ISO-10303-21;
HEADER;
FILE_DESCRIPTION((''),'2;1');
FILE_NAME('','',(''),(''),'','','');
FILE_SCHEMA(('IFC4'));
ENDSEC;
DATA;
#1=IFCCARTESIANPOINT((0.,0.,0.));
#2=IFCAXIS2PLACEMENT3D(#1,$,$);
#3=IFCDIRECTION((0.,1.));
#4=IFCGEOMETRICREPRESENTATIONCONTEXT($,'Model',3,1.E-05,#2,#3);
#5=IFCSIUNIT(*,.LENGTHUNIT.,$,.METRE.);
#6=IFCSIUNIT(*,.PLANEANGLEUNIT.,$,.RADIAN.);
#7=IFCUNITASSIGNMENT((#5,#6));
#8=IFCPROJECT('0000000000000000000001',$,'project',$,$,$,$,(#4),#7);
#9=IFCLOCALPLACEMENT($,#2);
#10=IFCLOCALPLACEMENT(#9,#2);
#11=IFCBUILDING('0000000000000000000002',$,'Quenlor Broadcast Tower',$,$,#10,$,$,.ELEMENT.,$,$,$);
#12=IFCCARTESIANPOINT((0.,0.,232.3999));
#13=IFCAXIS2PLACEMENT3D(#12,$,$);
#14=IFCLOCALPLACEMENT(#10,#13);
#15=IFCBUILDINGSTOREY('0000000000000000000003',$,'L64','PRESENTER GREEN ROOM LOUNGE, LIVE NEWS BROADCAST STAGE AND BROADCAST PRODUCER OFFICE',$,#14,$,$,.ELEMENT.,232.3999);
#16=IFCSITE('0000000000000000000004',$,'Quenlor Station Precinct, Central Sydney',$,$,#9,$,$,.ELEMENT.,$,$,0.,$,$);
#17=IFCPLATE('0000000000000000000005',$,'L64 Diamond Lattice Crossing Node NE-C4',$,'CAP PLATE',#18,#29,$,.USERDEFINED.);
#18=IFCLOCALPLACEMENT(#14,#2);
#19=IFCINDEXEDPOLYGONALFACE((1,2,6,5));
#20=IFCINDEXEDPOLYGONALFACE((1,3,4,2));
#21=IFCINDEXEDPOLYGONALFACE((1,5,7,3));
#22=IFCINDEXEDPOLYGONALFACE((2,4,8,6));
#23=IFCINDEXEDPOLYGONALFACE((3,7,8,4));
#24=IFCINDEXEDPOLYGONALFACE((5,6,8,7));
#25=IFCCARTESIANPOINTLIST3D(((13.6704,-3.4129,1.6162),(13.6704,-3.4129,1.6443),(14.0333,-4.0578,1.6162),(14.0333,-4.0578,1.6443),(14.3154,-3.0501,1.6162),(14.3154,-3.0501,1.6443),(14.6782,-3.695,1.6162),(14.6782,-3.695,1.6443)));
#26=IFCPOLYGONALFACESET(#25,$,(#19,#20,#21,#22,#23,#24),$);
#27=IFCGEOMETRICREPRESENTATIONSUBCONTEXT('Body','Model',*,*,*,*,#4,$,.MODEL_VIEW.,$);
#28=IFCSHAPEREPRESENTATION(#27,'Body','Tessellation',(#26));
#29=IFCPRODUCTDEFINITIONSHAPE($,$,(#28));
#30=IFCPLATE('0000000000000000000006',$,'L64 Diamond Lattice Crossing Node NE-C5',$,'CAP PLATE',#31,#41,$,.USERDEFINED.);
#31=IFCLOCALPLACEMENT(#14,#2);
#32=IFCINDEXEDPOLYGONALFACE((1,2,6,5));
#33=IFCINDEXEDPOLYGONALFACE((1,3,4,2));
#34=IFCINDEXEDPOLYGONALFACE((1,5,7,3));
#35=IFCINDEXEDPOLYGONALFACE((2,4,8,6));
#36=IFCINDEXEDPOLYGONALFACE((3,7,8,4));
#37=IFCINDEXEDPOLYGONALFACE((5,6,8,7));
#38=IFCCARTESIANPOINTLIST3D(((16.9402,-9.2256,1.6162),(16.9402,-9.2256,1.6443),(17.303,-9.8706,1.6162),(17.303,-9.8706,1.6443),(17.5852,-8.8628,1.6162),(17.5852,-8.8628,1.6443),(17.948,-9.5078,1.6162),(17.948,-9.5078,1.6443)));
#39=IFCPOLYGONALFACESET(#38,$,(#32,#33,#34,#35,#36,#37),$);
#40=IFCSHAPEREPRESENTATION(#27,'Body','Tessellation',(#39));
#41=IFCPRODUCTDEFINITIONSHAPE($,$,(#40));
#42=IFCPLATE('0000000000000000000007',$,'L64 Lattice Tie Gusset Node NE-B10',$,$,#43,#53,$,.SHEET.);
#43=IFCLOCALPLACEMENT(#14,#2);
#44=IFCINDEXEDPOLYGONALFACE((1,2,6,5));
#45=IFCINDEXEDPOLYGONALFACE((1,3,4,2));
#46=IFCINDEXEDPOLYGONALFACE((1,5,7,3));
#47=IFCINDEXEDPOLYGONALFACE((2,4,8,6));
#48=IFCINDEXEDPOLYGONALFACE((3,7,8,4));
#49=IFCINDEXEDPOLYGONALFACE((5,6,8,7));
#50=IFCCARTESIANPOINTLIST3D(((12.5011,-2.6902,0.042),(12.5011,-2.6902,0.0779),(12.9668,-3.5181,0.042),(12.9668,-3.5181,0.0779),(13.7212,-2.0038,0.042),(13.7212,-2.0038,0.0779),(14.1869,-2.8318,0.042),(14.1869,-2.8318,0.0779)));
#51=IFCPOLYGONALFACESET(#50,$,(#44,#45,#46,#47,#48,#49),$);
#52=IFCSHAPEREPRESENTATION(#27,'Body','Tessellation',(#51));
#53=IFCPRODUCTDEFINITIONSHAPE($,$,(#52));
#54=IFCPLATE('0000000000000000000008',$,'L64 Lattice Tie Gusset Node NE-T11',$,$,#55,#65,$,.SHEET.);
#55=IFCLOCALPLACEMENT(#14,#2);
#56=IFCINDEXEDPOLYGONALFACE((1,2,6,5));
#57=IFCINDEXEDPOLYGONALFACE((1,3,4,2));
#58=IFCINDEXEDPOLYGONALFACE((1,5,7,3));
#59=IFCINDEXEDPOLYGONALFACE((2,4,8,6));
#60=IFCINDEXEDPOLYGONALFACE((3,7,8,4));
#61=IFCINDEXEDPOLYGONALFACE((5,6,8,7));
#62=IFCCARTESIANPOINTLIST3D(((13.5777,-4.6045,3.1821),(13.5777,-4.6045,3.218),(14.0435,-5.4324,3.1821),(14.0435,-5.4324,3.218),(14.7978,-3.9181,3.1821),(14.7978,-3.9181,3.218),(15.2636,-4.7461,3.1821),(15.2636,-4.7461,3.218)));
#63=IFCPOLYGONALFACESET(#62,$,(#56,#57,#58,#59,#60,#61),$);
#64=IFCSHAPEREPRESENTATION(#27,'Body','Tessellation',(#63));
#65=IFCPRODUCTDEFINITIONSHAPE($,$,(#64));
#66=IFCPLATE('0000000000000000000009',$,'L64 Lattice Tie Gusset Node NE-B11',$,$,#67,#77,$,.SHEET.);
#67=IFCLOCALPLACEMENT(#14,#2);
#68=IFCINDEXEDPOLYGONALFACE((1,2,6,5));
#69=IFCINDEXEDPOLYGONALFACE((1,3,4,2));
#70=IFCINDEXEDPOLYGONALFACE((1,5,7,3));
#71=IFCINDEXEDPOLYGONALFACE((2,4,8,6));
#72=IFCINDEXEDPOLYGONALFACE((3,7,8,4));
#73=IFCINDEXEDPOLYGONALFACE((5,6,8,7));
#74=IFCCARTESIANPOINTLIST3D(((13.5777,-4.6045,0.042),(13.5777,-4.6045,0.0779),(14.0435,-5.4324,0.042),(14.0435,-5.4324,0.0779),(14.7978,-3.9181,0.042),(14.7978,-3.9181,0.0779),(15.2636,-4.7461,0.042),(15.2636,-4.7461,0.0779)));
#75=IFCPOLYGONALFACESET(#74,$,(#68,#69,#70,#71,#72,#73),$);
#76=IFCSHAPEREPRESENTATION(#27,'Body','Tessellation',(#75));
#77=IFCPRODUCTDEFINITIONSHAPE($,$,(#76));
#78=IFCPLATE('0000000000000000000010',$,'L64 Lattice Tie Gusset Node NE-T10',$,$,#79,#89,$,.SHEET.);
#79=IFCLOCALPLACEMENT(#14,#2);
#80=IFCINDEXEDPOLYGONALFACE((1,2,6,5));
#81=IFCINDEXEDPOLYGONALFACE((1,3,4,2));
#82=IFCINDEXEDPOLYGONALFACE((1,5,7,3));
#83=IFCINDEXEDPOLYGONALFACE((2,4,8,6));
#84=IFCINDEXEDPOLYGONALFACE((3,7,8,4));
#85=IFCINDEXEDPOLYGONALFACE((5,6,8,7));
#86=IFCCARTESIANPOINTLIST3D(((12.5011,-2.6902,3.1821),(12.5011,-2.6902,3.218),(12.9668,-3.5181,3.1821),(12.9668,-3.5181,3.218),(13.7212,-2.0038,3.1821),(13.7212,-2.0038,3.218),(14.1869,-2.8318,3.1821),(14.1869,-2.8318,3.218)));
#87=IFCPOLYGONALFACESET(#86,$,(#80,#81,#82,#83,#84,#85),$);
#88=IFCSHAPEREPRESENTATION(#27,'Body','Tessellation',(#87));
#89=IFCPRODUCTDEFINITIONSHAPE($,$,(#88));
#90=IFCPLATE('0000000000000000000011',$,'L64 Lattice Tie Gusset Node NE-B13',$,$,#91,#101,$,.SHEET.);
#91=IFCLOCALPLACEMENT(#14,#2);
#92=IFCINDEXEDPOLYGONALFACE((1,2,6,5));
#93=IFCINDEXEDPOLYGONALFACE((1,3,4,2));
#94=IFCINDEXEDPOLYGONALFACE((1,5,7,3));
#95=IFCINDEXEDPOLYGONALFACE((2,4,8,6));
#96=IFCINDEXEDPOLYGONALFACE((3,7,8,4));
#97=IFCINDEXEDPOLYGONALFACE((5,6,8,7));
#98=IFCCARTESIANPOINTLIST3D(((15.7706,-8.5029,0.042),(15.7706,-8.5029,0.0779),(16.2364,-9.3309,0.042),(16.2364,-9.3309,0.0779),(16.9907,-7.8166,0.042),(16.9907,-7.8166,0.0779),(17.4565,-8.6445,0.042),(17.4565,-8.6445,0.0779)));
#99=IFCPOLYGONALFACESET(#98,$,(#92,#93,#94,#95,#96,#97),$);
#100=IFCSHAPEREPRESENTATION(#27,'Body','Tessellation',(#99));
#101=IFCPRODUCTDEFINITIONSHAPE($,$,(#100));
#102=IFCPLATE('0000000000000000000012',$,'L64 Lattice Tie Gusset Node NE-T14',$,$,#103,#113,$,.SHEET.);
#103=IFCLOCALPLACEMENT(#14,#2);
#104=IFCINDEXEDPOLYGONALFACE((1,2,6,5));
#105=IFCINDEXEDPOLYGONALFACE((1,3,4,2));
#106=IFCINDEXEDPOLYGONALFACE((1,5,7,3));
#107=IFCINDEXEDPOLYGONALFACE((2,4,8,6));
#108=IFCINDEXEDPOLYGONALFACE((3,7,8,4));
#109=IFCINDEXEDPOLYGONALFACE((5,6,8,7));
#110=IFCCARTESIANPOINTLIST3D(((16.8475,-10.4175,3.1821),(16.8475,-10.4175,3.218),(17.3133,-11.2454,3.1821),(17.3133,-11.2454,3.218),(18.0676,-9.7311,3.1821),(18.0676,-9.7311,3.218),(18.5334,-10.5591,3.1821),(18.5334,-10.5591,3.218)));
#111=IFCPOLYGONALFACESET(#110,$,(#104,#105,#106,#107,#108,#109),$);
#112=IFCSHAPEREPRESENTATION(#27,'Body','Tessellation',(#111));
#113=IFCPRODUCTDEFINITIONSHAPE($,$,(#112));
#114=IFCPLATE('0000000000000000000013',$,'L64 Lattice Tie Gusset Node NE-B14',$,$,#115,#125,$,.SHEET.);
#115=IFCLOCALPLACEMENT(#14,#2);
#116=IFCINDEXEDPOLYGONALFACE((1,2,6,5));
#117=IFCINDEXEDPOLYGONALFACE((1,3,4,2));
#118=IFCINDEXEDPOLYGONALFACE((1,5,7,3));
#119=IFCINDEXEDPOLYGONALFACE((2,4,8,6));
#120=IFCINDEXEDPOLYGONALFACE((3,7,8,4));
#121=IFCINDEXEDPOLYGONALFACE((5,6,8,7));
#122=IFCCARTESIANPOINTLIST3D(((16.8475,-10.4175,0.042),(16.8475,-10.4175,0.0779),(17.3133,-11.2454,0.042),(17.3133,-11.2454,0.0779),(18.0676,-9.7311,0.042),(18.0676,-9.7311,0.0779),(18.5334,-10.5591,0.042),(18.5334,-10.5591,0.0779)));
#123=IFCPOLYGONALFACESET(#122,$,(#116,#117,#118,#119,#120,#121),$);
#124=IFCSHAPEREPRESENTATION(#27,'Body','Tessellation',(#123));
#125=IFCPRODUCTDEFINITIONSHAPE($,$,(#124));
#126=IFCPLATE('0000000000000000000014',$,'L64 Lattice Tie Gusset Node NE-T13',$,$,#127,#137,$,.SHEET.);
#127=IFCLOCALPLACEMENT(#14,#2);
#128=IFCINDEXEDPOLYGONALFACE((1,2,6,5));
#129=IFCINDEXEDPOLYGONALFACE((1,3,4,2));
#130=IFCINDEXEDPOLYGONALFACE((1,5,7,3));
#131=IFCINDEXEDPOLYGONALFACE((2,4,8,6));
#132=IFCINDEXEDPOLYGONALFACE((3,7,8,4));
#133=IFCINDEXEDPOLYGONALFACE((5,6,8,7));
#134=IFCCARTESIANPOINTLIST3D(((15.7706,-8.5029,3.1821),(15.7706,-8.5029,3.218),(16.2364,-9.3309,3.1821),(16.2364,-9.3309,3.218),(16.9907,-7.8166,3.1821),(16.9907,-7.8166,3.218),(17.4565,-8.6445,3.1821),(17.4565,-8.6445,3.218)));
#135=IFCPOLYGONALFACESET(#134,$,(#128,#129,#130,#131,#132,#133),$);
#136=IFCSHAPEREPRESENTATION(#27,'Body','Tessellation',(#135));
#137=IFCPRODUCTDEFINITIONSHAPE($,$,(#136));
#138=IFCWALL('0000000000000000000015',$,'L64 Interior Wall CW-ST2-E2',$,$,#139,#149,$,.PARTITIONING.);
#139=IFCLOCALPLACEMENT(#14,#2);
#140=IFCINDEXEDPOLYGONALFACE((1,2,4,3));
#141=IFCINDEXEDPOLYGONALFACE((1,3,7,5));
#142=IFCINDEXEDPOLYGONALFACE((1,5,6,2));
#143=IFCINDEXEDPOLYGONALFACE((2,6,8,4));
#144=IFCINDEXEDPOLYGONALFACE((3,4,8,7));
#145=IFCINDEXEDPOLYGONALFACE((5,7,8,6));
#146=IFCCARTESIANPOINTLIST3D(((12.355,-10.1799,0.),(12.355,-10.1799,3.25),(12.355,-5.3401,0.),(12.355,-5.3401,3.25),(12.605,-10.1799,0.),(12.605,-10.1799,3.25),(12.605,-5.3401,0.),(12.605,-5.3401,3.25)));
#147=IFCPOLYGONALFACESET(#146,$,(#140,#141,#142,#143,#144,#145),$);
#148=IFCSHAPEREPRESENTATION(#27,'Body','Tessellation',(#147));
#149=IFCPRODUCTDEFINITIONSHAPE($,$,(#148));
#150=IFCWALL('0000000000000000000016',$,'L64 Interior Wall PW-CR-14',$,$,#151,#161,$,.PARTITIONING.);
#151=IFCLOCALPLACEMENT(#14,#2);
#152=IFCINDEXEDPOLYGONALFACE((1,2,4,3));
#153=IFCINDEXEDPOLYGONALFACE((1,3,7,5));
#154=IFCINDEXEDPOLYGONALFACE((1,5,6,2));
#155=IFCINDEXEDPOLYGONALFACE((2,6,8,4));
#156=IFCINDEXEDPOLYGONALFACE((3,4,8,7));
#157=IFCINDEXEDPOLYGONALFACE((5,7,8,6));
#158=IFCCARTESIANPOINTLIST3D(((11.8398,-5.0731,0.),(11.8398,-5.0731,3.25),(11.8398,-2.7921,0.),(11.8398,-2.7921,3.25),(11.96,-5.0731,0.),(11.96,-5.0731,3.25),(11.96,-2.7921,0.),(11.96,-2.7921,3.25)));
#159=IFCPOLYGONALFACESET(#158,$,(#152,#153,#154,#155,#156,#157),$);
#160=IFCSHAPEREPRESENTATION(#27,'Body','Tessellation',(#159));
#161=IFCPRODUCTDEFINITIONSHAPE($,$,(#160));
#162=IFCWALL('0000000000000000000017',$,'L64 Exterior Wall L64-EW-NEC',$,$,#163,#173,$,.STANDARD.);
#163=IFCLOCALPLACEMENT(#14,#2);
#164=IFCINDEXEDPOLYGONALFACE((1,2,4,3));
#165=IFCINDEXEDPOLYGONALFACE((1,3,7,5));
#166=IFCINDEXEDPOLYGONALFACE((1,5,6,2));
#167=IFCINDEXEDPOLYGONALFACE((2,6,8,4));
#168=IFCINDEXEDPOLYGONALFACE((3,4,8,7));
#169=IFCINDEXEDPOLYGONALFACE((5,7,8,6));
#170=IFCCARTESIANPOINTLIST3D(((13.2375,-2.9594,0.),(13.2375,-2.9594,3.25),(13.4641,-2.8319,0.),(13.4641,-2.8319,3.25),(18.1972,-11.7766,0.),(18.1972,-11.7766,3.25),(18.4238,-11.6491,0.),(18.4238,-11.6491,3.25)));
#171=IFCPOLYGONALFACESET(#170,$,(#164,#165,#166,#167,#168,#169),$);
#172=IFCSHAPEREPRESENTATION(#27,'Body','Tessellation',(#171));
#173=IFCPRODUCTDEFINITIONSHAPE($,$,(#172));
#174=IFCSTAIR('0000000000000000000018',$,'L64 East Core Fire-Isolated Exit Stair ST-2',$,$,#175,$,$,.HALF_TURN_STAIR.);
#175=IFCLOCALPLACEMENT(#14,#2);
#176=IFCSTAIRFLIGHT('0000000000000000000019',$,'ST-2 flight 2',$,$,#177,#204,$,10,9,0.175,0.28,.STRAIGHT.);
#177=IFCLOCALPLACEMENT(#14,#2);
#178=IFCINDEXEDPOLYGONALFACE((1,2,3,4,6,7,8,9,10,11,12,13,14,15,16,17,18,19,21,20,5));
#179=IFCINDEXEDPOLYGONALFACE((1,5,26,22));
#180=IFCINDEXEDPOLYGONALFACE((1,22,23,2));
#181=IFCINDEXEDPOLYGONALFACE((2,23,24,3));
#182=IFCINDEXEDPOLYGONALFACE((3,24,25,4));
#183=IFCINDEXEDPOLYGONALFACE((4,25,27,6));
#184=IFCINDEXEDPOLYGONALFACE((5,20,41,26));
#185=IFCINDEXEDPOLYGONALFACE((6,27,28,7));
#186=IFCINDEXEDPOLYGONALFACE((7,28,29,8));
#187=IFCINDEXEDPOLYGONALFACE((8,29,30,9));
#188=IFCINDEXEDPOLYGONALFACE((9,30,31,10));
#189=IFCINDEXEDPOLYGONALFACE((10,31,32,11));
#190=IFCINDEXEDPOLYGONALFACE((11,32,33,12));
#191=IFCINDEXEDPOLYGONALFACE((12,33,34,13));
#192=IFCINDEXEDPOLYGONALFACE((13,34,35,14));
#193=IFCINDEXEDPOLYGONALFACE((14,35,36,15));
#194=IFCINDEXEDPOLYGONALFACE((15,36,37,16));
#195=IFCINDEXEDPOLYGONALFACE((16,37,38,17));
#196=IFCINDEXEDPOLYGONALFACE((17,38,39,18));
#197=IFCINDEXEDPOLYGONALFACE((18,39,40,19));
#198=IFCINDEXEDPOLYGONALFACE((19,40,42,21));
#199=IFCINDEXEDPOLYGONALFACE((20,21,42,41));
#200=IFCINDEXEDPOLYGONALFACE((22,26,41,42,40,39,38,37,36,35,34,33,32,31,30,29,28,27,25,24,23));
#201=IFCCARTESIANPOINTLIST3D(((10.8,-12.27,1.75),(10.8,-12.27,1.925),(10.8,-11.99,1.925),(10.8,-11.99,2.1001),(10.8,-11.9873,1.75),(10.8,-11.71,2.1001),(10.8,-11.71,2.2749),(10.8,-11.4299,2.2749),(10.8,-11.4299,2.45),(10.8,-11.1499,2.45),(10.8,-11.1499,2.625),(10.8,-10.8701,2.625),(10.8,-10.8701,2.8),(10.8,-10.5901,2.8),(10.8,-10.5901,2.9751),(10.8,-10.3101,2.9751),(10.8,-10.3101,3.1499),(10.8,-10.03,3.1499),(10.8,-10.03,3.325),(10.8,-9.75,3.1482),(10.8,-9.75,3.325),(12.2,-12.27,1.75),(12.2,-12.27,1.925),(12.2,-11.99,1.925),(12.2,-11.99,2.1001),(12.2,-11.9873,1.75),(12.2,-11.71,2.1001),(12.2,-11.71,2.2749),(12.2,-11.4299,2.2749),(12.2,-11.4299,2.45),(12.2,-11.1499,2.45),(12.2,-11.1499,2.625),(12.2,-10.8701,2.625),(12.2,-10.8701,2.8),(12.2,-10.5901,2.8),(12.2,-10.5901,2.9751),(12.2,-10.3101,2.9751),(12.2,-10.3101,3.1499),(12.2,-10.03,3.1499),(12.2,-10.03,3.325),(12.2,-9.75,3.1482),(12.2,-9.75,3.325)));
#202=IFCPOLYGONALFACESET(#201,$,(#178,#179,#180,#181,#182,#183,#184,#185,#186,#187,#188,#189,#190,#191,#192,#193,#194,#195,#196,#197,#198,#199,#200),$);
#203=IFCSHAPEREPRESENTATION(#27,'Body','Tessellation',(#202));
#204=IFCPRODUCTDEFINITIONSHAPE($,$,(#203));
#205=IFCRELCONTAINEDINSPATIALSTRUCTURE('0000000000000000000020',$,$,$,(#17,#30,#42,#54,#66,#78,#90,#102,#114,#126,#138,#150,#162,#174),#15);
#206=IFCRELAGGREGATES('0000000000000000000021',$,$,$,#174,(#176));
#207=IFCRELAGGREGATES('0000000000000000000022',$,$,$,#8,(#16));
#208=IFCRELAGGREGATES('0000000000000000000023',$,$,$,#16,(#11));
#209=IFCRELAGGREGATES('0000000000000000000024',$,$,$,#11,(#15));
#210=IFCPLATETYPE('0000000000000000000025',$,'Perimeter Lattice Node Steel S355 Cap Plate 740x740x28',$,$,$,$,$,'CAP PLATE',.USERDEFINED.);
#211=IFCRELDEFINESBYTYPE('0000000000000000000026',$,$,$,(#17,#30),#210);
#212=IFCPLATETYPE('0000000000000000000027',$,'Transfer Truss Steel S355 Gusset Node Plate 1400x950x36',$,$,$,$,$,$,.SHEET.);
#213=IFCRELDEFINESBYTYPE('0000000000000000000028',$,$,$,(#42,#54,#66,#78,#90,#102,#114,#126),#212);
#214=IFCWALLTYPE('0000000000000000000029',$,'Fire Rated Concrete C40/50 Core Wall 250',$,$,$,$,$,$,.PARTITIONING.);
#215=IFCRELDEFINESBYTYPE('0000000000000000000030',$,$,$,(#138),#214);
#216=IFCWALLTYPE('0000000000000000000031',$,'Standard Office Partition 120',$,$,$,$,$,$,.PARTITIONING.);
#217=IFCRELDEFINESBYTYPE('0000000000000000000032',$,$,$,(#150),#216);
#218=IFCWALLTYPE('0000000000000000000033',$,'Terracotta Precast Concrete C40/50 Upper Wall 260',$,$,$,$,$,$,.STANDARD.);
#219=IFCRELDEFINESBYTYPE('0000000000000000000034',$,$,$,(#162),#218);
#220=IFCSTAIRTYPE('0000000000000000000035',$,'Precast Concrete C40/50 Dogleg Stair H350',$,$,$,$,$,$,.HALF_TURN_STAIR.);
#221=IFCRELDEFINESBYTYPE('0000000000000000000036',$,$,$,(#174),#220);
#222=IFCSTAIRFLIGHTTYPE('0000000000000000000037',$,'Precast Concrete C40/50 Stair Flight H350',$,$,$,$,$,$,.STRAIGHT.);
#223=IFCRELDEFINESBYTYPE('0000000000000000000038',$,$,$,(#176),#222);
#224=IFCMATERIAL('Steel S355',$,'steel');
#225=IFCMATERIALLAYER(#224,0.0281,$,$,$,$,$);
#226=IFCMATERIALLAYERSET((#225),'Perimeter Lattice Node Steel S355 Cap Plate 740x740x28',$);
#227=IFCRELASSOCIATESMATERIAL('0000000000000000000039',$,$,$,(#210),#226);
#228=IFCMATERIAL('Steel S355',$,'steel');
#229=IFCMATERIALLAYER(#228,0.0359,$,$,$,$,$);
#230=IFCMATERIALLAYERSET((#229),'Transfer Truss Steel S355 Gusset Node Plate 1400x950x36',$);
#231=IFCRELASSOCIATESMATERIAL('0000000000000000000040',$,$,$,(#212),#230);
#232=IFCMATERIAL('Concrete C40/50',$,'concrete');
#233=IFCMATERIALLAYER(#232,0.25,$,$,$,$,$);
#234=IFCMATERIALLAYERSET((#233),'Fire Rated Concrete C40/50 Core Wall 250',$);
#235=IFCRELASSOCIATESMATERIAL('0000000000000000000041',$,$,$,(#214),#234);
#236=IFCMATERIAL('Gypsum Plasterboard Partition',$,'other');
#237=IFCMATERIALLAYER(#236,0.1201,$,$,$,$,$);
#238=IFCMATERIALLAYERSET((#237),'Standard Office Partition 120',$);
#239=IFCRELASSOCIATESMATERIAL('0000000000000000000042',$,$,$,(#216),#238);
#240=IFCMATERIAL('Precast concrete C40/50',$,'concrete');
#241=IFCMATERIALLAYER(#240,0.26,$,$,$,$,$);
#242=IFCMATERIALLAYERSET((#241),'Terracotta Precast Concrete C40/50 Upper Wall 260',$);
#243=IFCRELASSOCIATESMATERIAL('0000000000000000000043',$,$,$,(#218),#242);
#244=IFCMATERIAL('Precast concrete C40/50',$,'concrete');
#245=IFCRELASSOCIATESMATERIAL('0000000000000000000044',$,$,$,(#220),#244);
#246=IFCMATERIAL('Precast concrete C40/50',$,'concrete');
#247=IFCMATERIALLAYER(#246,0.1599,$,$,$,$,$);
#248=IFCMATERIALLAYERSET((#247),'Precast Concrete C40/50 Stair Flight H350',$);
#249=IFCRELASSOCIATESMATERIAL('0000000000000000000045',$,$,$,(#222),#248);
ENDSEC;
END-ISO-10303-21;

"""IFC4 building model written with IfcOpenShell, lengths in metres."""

from ifc_helpers import new_model, si_unit, direction, frame, frame_2d, origin, origin_2d, place, context, subcontext, project, spatial, polyline, rectangle, outline, extrude, material, layer, layer_set, type_object, element, aggregate, save


model = new_model("IFC4")

# Units and contexts
model_context = context("Model", 3, precision=1e-05, world=origin(), true_north=direction((0.0, 1.0)))
body_context = subcontext(model_context, "Body", "Model", "MODEL_VIEW")
ifc_project = project(units=[si_unit("LENGTHUNIT", "METRE"), si_unit("PLANEANGLEUNIT", "RADIAN")], contexts=[model_context])

# Site, building, storey
site_placement = place(None, origin())
site = spatial("IfcSite", under=ifc_project, at=site_placement, Name="Quenlor Station Precinct, Central Sydney", CompositionType="ELEMENT", RefElevation=0.0)
building_placement = place(site_placement, origin())
building = spatial("IfcBuilding", under=site, at=building_placement, Name="Quenlor Broadcast Tower", CompositionType="ELEMENT")
storey_placement = place(building_placement, frame((0.0, 0.0, 232.3999)))
storey = spatial("IfcBuildingStorey", under=building, at=storey_placement, Name="L64", Description="PRESENTER GREEN ROOM LOUNGE, LIVE NEWS BROADCAST STAGE AND BROADCAST PRODUCER OFFICE", CompositionType="ELEMENT", Elevation=232.3999)

# Plates
ifc_material_1 = material(Name="Steel S355", Category="steel")
ifc_layer_1 = layer(ifc_material_1, 0.0281)
ifc_layer_set_1 = layer_set([ifc_layer_1], Name="Perimeter Lattice Node Steel S355 Cap Plate 740x740x28")
plate_type_1 = type_object("IfcPlateType", Name="Perimeter Lattice Node Steel S355 Cap Plate 740x740x28", ElementType="CAP PLATE", PredefinedType="USERDEFINED", material=ifc_layer_set_1)
for number, where, z_axis, x_axis, name in (
    (1, (14.1743, -3.554, 1.6162), (0.0, 0.0, 1.0), (0.490295, -0.871556, 0.0), "L64 Diamond Lattice Crossing Node NE-C4"),
    (2, (17.4441, -9.3667, 1.6162), (0.0, 0.0, 1.0), (0.490295, -0.871556, 0.0), "L64 Diamond Lattice Crossing Node NE-C5"),
):
    element("IfcPlate", number, at=place(storey_placement, frame(where, z_axis=z_axis, x_axis=x_axis)), inside=storey, type_object=plate_type_1, Name=name, ObjectType="CAP PLATE", PredefinedType="USERDEFINED", context=body_context, shape_type="SweptSolid", body=[
        extrude(rectangle(XDim=0.74, YDim=0.74, at=origin_2d()), origin(), (0.0, 0.0, 1.0), 0.0281),
    ])
ifc_material_2 = material(Name="Steel S355", Category="steel")
ifc_layer_2 = layer(ifc_material_2, 0.0359)
ifc_layer_set_2 = layer_set([ifc_layer_2], Name="Transfer Truss Steel S355 Gusset Node Plate 1400x950x36")
plate_type_2 = type_object("IfcPlateType", Name="Transfer Truss Steel S355 Gusset Node Plate 1400x950x36", PredefinedType="SHEET", material=ifc_layer_set_2)
for number, where, z_axis, x_axis, name in (
    (3, (13.344, -2.761, 0.042), (0.0, 0.0, 1.0), (0.871556, 0.490295, 0.0), "L64 Lattice Tie Gusset Node NE-B10"),
    (4, (14.4207, -4.6753, 3.1821), (0.0, 0.0, 1.0), (0.871556, 0.490295, 0.0), "L64 Lattice Tie Gusset Node NE-T11"),
    (5, (14.4207, -4.6753, 0.042), (0.0, 0.0, 1.0), (0.871556, 0.490295, 0.0), "L64 Lattice Tie Gusset Node NE-B11"),
    (6, (13.344, -2.761, 3.1821), (0.0, 0.0, 1.0), (0.871556, 0.490295, 0.0), "L64 Lattice Tie Gusset Node NE-T10"),
    (7, (16.6135, -8.5737, 0.042), (0.0, 0.0, 1.0), (0.871556, 0.490295, 0.0), "L64 Lattice Tie Gusset Node NE-B13"),
    (8, (17.6904, -10.4883, 3.1821), (0.0, 0.0, 1.0), (0.871556, 0.490295, 0.0), "L64 Lattice Tie Gusset Node NE-T14"),
    (9, (17.6904, -10.4883, 0.042), (0.0, 0.0, 1.0), (0.871556, 0.490295, 0.0), "L64 Lattice Tie Gusset Node NE-B14"),
    (10, (16.6135, -8.5737, 3.1821), (0.0, 0.0, 1.0), (0.871556, 0.490295, 0.0), "L64 Lattice Tie Gusset Node NE-T13"),
):
    element("IfcPlate", number, at=place(storey_placement, frame(where, z_axis=z_axis, x_axis=x_axis)), inside=storey, type_object=plate_type_2, Name=name, PredefinedType="SHEET", context=body_context, shape_type="SweptSolid", body=[
        extrude(rectangle(XDim=1.3999, YDim=0.95, at=origin_2d()), origin(), (0.0, 0.0, 1.0), 0.0359),
    ])

# Walls
ifc_material_3 = material(Name="Concrete C40/50", Category="concrete")
ifc_layer_3 = layer(ifc_material_3, 0.25)
ifc_layer_set_3 = layer_set([ifc_layer_3], Name="Fire Rated Concrete C40/50 Core Wall 250")
wall_type_1 = type_object("IfcWallType", Name="Fire Rated Concrete C40/50 Core Wall 250", PredefinedType="PARTITIONING", material=ifc_layer_set_3)
wall_1_placement = place(storey_placement, frame((12.48, -10.1799, 0.0), z_axis=(0.0, 0.0, 1.0), x_axis=(0.0, 1.0, 0.0)))
element("IfcWall", 11, at=wall_1_placement, inside=storey, type_object=wall_type_1, Name="L64 Interior Wall CW-ST2-E2", PredefinedType="PARTITIONING", context=body_context, shape_type="SweptSolid", body=[
    extrude(rectangle(XDim=4.8398, YDim=0.25, at=frame_2d((2.4199, 0.0))), origin(), (0.0, 0.0, 1.0), 3.25),
])
ifc_material_4 = material(Name="Gypsum Plasterboard Partition", Category="other")
ifc_layer_4 = layer(ifc_material_4, 0.1201)
ifc_layer_set_4 = layer_set([ifc_layer_4], Name="Standard Office Partition 120")
wall_type_2 = type_object("IfcWallType", Name="Standard Office Partition 120", PredefinedType="PARTITIONING", material=ifc_layer_set_4)
wall_2_placement = place(storey_placement, frame((11.8999, -2.792, 0.0), z_axis=(0.0, 0.0, 1.0), x_axis=(0.0, -1.0, 0.0)))
element("IfcWall", 12, at=wall_2_placement, inside=storey, type_object=wall_type_2, Name="L64 Interior Wall PW-CR-14", PredefinedType="PARTITIONING", context=body_context, shape_type="SweptSolid", body=[
    extrude(rectangle(XDim=2.281, YDim=0.1201, at=frame_2d((1.1406, 0.0))), origin(), (0.0, 0.0, 1.0), 3.25),
])
ifc_material_5 = material(Name="Precast concrete C40/50", Category="concrete")
ifc_layer_5 = layer(ifc_material_5, 0.26)
ifc_layer_set_5 = layer_set([ifc_layer_5], Name="Terracotta Precast Concrete C40/50 Upper Wall 260")
wall_type_3 = type_object("IfcWallType", Name="Terracotta Precast Concrete C40/50 Upper Wall 260", PredefinedType="STANDARD", material=ifc_layer_set_5)
wall_3_placement = place(storey_placement, frame((13.3508, -2.8958, 0.0), z_axis=(0.0, 0.0, 1.0), x_axis=(0.490267, -0.871572, 0.0)))
element("IfcWall", 13, at=wall_3_placement, inside=storey, type_object=wall_type_3, Name="L64 Exterior Wall L64-EW-NEC", PredefinedType="STANDARD", context=body_context, shape_type="SweptSolid", body=[
    extrude(rectangle(XDim=10.1165, YDim=0.26, at=frame_2d((5.0581, 0.0))), origin(), (0.0, 0.0, 1.0), 3.25),
])

# Stair, stair flight
ifc_material_6 = material(Name="Precast concrete C40/50", Category="concrete")
stair_type = type_object("IfcStairType", Name="Precast Concrete C40/50 Dogleg Stair H350", PredefinedType="HALF_TURN_STAIR", material=ifc_material_6)
stair_placement = place(storey_placement, origin())
stair = element("IfcStair", 14, at=stair_placement, inside=storey, type_object=stair_type, Name="L64 East Core Fire-Isolated Exit Stair ST-2", PredefinedType="HALF_TURN_STAIR")
ifc_material_7 = material(Name="Precast concrete C40/50", Category="concrete")
ifc_layer_6 = layer(ifc_material_7, 0.1599)
ifc_layer_set_6 = layer_set([ifc_layer_6], Name="Precast Concrete C40/50 Stair Flight H350")
stair_flight_type = type_object("IfcStairFlightType", Name="Precast Concrete C40/50 Stair Flight H350", PredefinedType="STRAIGHT", material=ifc_layer_set_6)
stair_flight_placement = place(storey_placement, frame((11.5, -12.27, 1.75), z_axis=(0.0, 0.0, 1.0), x_axis=(0.0, 1.0, 0.0)))
stair_flight = element("IfcStairFlight", 15, at=stair_flight_placement, type_object=stair_flight_type, Name="ST-2 flight 2", NumberOfRisers=10, NumberOfTreads=9, PredefinedType="STRAIGHT", RiserHeight=0.175, TreadLength=0.28, context=body_context, shape_type="SweptSolid", body=[
    extrude(outline(polyline([(0.0, 0.0), (0.0, 0.175), (0.28, 0.175), (0.28, 0.3501), (0.5601, 0.3501), (0.5601, 0.5249), (0.8401, 0.5249), (0.8401, 0.7), (1.1201, 0.7), (1.1201, 0.875), (1.3999, 0.875), (1.3999, 1.05), (1.6799, 1.05), (1.6799, 1.2251), (1.96, 1.2251), (1.96, 1.3999), (2.24, 1.3999), (2.24, 1.575), (2.52, 1.575), (2.52, 1.75), (2.52, 1.3982), (0.2827, 0.0), (0.0, 0.0)])), frame((0.0, 0.7, 0.0), z_axis=(0.0, -1.0, 0.0), x_axis=(1.0, 0.0, 0.0)), (0.0, 0.0, 1.0), 1.3999),
])
aggregate(stair, [stair_flight])

save(model, "model.ifc")
